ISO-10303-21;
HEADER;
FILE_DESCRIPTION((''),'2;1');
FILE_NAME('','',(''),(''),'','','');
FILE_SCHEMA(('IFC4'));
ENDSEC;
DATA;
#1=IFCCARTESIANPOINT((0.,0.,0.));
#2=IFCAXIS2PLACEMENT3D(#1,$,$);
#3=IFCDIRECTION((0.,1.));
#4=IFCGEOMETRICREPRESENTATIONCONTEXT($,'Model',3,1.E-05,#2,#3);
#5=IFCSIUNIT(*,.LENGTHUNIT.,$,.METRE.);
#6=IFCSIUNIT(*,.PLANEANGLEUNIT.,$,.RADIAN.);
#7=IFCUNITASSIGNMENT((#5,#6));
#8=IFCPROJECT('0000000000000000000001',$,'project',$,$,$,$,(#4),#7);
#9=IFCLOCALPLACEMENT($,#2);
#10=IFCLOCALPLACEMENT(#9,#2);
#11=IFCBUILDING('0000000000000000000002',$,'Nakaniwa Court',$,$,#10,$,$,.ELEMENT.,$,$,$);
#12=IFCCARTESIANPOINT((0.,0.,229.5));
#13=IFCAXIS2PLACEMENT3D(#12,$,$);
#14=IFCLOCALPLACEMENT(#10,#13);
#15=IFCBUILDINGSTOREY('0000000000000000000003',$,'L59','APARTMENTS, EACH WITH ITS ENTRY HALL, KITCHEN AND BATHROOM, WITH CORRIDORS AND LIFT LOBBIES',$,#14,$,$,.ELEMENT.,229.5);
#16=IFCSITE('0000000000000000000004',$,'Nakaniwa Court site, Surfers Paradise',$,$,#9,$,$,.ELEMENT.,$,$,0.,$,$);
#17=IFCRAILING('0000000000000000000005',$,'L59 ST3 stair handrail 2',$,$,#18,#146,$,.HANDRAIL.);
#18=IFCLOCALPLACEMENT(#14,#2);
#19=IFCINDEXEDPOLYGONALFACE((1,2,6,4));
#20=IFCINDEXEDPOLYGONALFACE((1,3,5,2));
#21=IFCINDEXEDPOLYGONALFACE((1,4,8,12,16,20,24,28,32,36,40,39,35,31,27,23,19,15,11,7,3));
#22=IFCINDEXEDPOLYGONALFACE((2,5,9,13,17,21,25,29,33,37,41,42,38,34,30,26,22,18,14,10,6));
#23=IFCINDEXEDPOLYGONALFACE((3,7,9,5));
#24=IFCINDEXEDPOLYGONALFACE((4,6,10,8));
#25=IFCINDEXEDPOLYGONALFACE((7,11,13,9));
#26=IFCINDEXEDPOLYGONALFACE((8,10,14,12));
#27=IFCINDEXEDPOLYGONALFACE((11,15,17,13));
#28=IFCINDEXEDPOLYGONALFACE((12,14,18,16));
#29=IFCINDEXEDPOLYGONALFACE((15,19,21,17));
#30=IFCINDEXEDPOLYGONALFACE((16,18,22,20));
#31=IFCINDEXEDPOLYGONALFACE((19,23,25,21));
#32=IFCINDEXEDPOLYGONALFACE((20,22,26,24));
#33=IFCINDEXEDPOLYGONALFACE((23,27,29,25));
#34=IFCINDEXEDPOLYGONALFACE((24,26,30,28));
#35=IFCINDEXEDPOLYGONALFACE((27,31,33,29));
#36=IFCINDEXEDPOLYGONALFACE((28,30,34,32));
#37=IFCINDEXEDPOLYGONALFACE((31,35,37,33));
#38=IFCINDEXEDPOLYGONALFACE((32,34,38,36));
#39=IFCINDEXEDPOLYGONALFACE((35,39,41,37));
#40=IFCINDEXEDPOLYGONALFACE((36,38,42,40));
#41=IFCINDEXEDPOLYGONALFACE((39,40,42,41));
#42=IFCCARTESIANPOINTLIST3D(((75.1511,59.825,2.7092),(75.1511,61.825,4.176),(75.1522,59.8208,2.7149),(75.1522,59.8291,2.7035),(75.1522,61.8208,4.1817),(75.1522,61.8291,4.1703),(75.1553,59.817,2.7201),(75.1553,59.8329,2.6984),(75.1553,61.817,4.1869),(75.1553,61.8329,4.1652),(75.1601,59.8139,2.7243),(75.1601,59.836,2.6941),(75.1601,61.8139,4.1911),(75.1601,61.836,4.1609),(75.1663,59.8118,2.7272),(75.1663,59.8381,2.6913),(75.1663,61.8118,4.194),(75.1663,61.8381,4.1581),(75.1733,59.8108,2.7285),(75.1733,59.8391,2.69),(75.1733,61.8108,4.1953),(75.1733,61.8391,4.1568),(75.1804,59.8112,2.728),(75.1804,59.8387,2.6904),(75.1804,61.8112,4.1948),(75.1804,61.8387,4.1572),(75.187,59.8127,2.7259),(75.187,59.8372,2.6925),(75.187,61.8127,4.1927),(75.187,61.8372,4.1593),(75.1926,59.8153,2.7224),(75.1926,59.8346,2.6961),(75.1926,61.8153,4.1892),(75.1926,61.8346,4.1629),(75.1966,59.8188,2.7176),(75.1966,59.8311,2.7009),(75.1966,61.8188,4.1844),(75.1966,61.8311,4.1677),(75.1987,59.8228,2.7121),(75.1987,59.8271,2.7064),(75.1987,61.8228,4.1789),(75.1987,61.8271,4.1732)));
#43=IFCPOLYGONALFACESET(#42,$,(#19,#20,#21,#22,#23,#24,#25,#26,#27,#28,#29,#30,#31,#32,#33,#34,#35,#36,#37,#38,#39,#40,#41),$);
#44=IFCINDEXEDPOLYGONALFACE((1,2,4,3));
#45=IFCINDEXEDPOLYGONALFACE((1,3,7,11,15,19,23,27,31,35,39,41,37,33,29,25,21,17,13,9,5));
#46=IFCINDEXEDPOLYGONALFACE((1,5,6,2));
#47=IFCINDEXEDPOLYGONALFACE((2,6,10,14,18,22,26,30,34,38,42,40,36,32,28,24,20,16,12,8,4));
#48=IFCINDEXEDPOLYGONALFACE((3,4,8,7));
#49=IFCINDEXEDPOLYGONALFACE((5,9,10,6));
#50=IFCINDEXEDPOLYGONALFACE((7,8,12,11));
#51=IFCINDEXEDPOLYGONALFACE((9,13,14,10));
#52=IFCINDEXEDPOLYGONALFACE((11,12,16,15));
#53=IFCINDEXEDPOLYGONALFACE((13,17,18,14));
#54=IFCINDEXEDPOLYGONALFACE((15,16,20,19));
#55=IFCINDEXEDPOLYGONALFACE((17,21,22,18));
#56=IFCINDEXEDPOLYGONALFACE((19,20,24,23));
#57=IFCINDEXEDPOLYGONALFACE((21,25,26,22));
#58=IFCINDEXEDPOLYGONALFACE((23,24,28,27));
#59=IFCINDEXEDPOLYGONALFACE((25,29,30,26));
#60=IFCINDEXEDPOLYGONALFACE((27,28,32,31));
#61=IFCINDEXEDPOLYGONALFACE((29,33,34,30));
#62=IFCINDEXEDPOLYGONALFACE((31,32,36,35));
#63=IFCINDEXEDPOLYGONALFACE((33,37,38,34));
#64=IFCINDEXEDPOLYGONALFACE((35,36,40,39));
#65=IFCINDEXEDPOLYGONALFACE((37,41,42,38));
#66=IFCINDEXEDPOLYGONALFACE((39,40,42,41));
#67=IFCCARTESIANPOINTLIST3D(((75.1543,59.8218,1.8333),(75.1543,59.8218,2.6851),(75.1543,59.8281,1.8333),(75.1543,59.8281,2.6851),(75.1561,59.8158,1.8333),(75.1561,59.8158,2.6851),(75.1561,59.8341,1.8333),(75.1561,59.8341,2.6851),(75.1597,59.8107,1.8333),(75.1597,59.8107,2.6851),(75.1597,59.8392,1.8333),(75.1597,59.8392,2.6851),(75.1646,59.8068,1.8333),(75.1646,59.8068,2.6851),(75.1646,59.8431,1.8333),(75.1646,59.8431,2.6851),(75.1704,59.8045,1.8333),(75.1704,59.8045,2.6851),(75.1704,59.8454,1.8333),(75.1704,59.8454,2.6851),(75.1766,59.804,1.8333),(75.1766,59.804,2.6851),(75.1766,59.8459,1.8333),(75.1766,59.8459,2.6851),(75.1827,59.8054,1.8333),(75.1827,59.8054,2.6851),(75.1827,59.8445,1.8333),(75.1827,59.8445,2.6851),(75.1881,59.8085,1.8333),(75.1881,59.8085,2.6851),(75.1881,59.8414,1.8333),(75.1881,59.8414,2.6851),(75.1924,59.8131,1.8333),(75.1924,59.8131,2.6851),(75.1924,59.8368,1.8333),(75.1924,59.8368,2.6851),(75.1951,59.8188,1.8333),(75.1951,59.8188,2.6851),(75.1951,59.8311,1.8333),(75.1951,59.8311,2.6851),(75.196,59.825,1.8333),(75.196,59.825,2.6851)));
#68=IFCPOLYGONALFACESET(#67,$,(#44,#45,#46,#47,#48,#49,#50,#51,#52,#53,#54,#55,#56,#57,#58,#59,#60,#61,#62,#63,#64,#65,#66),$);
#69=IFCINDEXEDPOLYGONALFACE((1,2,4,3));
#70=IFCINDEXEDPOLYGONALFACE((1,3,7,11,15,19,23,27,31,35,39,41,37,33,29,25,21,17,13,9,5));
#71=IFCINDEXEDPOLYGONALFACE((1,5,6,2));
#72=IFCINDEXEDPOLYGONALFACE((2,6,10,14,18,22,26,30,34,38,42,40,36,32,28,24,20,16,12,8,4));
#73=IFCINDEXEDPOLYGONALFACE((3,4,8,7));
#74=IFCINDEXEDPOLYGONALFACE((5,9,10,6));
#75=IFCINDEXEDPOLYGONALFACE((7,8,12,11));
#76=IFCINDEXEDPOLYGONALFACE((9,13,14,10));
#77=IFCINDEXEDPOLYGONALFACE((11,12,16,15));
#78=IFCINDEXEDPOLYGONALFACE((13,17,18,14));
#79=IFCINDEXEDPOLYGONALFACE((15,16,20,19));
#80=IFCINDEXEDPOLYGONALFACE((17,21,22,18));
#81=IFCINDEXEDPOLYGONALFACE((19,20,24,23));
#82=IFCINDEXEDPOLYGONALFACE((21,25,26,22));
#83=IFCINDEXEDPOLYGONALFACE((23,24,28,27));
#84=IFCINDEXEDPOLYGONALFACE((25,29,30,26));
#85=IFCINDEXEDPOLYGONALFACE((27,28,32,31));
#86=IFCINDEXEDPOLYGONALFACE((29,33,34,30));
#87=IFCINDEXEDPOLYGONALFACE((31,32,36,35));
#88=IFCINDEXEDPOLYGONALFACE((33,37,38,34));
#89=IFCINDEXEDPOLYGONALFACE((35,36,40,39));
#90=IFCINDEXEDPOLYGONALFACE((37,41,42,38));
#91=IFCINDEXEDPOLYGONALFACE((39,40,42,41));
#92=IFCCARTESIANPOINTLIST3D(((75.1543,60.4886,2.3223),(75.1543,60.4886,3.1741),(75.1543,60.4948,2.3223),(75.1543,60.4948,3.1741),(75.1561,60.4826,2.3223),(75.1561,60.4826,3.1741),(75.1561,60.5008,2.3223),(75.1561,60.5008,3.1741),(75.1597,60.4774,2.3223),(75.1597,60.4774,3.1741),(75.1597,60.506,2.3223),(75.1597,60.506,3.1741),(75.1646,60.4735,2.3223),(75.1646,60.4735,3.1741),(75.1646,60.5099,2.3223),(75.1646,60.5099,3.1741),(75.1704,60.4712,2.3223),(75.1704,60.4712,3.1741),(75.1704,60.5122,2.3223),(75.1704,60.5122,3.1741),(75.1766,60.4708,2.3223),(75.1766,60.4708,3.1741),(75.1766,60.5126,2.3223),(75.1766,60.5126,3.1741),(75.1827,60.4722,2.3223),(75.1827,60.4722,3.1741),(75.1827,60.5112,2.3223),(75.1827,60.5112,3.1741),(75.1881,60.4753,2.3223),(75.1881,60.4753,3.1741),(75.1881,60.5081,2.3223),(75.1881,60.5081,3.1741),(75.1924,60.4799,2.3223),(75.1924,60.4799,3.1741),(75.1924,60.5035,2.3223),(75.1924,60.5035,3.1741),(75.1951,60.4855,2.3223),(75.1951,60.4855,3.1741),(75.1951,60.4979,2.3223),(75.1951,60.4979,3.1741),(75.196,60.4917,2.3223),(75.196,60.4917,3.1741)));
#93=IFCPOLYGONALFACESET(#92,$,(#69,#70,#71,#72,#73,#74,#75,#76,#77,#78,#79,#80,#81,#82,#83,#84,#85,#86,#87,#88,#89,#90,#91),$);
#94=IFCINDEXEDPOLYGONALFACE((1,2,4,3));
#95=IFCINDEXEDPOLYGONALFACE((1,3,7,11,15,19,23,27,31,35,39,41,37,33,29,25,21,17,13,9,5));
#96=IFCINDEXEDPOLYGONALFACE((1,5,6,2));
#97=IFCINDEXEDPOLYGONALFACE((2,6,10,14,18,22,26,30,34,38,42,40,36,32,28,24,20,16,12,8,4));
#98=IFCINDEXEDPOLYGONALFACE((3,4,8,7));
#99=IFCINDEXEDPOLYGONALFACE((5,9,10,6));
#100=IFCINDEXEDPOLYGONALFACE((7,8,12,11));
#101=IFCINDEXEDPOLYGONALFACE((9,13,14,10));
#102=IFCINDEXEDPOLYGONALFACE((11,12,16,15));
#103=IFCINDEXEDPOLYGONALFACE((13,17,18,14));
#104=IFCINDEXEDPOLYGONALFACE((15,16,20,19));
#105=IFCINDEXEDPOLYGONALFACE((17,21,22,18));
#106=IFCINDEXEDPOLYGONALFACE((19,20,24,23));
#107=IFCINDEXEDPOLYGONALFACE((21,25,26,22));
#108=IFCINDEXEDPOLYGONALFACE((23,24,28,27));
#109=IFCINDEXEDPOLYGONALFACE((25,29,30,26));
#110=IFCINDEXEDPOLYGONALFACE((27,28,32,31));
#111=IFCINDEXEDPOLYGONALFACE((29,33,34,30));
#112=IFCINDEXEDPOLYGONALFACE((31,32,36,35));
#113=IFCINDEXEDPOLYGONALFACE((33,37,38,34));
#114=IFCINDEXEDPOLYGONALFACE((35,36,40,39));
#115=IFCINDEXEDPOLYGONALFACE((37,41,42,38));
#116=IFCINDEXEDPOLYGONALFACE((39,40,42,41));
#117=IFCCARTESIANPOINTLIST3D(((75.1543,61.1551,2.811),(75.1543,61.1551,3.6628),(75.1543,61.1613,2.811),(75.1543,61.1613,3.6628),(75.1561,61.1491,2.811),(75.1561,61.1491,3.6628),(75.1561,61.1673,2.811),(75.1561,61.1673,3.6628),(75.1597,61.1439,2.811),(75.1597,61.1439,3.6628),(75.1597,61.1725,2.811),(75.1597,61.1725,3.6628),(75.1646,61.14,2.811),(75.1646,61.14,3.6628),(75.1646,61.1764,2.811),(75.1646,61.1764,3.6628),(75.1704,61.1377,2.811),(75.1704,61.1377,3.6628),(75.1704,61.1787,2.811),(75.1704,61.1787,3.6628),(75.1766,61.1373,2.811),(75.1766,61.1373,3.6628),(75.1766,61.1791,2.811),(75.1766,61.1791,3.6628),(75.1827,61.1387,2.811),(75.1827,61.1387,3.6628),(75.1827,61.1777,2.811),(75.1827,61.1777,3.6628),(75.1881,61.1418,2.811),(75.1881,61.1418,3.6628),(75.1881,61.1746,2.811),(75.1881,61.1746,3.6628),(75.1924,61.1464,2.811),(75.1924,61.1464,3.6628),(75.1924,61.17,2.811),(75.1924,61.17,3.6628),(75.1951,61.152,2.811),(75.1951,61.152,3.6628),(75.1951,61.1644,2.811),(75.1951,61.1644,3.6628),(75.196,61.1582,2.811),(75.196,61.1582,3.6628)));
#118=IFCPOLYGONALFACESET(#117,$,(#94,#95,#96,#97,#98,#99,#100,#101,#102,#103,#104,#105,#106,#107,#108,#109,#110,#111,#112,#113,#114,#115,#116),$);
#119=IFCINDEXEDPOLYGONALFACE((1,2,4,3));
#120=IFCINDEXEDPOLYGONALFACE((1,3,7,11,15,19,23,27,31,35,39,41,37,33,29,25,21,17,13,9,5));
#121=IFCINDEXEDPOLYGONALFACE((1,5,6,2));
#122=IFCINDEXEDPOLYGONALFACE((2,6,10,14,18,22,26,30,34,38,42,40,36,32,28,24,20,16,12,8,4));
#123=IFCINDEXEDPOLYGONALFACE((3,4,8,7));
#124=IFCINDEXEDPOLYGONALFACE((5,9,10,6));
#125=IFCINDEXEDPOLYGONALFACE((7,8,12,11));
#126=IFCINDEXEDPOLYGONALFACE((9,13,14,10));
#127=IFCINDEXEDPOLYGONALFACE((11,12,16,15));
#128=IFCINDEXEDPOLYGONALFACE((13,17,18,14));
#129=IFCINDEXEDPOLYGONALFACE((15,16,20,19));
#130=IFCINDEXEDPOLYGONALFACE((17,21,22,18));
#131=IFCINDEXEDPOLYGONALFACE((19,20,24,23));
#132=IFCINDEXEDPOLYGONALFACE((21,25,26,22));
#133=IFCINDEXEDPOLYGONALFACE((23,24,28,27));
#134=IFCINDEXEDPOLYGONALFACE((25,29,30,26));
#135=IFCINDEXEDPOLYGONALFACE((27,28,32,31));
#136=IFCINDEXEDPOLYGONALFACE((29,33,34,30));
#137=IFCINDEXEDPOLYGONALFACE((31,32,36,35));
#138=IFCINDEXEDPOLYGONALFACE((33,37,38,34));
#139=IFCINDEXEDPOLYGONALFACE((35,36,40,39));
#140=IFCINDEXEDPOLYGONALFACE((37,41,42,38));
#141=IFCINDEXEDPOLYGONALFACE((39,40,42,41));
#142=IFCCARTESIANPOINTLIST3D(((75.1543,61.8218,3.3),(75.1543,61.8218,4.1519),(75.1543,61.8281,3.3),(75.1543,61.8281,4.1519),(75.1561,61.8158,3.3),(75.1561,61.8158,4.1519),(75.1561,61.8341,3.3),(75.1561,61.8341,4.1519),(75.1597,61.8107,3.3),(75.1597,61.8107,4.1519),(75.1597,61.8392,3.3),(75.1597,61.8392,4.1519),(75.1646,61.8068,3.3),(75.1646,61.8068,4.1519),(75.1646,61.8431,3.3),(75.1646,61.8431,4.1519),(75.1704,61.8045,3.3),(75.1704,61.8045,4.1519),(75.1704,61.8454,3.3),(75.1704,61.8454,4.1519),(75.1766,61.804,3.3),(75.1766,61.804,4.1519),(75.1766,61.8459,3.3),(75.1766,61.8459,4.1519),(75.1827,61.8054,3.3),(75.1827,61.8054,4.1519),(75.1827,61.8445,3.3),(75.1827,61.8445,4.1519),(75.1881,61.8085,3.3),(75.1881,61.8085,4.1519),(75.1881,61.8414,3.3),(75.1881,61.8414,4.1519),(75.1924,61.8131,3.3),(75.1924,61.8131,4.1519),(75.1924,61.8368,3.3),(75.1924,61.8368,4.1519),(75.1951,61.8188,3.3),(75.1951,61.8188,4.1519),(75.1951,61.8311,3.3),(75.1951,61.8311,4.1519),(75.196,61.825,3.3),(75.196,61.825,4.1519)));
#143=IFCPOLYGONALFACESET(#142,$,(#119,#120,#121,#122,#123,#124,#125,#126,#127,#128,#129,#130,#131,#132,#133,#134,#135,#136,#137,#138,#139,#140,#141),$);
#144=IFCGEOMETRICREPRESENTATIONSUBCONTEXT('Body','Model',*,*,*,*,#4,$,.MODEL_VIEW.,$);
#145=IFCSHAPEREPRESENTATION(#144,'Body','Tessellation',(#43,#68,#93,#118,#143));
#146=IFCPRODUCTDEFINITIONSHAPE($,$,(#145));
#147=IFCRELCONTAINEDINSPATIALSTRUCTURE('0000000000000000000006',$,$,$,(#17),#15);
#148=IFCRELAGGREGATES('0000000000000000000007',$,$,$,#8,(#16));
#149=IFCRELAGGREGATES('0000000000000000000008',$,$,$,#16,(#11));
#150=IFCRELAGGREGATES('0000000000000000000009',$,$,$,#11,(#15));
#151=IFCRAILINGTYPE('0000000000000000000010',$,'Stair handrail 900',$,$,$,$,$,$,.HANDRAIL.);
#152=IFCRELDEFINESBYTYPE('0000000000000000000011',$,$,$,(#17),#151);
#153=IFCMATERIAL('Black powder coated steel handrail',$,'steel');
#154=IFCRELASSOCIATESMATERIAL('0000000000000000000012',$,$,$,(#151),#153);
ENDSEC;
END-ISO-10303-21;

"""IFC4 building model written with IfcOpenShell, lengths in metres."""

from ifc_helpers import new_model, si_unit, direction, frame, origin, origin_2d, place, context, subcontext, project, spatial, circle, extrude, material, type_object, element, save


model = new_model("IFC4")

# Units and contexts
model_context = context("Model", 3, precision=1e-05, world=origin(), true_north=direction((0.0, 1.0)))
body_context = subcontext(model_context, "Body", "Model", "MODEL_VIEW")
ifc_project = project(units=[si_unit("LENGTHUNIT", "METRE"), si_unit("PLANEANGLEUNIT", "RADIAN")], contexts=[model_context])

# Site, building, storey
site_placement = place(None, origin())
site = spatial("IfcSite", under=ifc_project, at=site_placement, Name="Nakaniwa Court site, Surfers Paradise", CompositionType="ELEMENT", RefElevation=0.0)
building_placement = place(site_placement, origin())
building = spatial("IfcBuilding", under=site, at=building_placement, Name="Nakaniwa Court", CompositionType="ELEMENT")
storey_placement = place(building_placement, frame((0.0, 0.0, 229.5)))
storey = spatial("IfcBuildingStorey", under=building, at=storey_placement, Name="L59", Description="APARTMENTS, EACH WITH ITS ENTRY HALL, KITCHEN AND BATHROOM, WITH CORRIDORS AND LIFT LOBBIES", CompositionType="ELEMENT", Elevation=229.5)

# Railing
ifc_material_1 = material(Name="Black powder coated steel handrail", Category="steel")
railing_type_1 = type_object("IfcRailingType", Name="Stair handrail 900", PredefinedType="HANDRAIL", material=ifc_material_1)
railing_1_placement = place(storey_placement, frame((75.175, 59.825, 1.8333)))
element("IfcRailing", 1, at=railing_1_placement, inside=storey, type_object=railing_type_1, Name="L59 ST3 stair handrail 2", PredefinedType="HANDRAIL", context=body_context, shape_type="SweptSolid", body=[
    extrude(circle(Radius=0.0239, at=origin_2d()), frame((0.0, 0.0, 0.876), z_axis=(0.0, 0.80638, 0.591398), x_axis=(-1.0, 0.0, 0.0)), (0.0, 0.0, 1.0), 2.4802),
    extrude(circle(Radius=0.021, at=origin_2d()), origin(), (0.0, 0.0, 1.0), 0.8518),
    extrude(circle(Radius=0.021, at=origin_2d()), frame((0.0, 0.6667, 0.489)), (0.0, 0.0, 1.0), 0.8518),
    extrude(circle(Radius=0.021, at=origin_2d()), frame((0.0, 1.3333, 0.9778)), (0.0, 0.0, 1.0), 0.8518),
    extrude(circle(Radius=0.021, at=origin_2d()), frame((0.0, 2.0, 1.4668)), (0.0, 0.0, 1.0), 0.8518),
])

save(model, "model.ifc")
